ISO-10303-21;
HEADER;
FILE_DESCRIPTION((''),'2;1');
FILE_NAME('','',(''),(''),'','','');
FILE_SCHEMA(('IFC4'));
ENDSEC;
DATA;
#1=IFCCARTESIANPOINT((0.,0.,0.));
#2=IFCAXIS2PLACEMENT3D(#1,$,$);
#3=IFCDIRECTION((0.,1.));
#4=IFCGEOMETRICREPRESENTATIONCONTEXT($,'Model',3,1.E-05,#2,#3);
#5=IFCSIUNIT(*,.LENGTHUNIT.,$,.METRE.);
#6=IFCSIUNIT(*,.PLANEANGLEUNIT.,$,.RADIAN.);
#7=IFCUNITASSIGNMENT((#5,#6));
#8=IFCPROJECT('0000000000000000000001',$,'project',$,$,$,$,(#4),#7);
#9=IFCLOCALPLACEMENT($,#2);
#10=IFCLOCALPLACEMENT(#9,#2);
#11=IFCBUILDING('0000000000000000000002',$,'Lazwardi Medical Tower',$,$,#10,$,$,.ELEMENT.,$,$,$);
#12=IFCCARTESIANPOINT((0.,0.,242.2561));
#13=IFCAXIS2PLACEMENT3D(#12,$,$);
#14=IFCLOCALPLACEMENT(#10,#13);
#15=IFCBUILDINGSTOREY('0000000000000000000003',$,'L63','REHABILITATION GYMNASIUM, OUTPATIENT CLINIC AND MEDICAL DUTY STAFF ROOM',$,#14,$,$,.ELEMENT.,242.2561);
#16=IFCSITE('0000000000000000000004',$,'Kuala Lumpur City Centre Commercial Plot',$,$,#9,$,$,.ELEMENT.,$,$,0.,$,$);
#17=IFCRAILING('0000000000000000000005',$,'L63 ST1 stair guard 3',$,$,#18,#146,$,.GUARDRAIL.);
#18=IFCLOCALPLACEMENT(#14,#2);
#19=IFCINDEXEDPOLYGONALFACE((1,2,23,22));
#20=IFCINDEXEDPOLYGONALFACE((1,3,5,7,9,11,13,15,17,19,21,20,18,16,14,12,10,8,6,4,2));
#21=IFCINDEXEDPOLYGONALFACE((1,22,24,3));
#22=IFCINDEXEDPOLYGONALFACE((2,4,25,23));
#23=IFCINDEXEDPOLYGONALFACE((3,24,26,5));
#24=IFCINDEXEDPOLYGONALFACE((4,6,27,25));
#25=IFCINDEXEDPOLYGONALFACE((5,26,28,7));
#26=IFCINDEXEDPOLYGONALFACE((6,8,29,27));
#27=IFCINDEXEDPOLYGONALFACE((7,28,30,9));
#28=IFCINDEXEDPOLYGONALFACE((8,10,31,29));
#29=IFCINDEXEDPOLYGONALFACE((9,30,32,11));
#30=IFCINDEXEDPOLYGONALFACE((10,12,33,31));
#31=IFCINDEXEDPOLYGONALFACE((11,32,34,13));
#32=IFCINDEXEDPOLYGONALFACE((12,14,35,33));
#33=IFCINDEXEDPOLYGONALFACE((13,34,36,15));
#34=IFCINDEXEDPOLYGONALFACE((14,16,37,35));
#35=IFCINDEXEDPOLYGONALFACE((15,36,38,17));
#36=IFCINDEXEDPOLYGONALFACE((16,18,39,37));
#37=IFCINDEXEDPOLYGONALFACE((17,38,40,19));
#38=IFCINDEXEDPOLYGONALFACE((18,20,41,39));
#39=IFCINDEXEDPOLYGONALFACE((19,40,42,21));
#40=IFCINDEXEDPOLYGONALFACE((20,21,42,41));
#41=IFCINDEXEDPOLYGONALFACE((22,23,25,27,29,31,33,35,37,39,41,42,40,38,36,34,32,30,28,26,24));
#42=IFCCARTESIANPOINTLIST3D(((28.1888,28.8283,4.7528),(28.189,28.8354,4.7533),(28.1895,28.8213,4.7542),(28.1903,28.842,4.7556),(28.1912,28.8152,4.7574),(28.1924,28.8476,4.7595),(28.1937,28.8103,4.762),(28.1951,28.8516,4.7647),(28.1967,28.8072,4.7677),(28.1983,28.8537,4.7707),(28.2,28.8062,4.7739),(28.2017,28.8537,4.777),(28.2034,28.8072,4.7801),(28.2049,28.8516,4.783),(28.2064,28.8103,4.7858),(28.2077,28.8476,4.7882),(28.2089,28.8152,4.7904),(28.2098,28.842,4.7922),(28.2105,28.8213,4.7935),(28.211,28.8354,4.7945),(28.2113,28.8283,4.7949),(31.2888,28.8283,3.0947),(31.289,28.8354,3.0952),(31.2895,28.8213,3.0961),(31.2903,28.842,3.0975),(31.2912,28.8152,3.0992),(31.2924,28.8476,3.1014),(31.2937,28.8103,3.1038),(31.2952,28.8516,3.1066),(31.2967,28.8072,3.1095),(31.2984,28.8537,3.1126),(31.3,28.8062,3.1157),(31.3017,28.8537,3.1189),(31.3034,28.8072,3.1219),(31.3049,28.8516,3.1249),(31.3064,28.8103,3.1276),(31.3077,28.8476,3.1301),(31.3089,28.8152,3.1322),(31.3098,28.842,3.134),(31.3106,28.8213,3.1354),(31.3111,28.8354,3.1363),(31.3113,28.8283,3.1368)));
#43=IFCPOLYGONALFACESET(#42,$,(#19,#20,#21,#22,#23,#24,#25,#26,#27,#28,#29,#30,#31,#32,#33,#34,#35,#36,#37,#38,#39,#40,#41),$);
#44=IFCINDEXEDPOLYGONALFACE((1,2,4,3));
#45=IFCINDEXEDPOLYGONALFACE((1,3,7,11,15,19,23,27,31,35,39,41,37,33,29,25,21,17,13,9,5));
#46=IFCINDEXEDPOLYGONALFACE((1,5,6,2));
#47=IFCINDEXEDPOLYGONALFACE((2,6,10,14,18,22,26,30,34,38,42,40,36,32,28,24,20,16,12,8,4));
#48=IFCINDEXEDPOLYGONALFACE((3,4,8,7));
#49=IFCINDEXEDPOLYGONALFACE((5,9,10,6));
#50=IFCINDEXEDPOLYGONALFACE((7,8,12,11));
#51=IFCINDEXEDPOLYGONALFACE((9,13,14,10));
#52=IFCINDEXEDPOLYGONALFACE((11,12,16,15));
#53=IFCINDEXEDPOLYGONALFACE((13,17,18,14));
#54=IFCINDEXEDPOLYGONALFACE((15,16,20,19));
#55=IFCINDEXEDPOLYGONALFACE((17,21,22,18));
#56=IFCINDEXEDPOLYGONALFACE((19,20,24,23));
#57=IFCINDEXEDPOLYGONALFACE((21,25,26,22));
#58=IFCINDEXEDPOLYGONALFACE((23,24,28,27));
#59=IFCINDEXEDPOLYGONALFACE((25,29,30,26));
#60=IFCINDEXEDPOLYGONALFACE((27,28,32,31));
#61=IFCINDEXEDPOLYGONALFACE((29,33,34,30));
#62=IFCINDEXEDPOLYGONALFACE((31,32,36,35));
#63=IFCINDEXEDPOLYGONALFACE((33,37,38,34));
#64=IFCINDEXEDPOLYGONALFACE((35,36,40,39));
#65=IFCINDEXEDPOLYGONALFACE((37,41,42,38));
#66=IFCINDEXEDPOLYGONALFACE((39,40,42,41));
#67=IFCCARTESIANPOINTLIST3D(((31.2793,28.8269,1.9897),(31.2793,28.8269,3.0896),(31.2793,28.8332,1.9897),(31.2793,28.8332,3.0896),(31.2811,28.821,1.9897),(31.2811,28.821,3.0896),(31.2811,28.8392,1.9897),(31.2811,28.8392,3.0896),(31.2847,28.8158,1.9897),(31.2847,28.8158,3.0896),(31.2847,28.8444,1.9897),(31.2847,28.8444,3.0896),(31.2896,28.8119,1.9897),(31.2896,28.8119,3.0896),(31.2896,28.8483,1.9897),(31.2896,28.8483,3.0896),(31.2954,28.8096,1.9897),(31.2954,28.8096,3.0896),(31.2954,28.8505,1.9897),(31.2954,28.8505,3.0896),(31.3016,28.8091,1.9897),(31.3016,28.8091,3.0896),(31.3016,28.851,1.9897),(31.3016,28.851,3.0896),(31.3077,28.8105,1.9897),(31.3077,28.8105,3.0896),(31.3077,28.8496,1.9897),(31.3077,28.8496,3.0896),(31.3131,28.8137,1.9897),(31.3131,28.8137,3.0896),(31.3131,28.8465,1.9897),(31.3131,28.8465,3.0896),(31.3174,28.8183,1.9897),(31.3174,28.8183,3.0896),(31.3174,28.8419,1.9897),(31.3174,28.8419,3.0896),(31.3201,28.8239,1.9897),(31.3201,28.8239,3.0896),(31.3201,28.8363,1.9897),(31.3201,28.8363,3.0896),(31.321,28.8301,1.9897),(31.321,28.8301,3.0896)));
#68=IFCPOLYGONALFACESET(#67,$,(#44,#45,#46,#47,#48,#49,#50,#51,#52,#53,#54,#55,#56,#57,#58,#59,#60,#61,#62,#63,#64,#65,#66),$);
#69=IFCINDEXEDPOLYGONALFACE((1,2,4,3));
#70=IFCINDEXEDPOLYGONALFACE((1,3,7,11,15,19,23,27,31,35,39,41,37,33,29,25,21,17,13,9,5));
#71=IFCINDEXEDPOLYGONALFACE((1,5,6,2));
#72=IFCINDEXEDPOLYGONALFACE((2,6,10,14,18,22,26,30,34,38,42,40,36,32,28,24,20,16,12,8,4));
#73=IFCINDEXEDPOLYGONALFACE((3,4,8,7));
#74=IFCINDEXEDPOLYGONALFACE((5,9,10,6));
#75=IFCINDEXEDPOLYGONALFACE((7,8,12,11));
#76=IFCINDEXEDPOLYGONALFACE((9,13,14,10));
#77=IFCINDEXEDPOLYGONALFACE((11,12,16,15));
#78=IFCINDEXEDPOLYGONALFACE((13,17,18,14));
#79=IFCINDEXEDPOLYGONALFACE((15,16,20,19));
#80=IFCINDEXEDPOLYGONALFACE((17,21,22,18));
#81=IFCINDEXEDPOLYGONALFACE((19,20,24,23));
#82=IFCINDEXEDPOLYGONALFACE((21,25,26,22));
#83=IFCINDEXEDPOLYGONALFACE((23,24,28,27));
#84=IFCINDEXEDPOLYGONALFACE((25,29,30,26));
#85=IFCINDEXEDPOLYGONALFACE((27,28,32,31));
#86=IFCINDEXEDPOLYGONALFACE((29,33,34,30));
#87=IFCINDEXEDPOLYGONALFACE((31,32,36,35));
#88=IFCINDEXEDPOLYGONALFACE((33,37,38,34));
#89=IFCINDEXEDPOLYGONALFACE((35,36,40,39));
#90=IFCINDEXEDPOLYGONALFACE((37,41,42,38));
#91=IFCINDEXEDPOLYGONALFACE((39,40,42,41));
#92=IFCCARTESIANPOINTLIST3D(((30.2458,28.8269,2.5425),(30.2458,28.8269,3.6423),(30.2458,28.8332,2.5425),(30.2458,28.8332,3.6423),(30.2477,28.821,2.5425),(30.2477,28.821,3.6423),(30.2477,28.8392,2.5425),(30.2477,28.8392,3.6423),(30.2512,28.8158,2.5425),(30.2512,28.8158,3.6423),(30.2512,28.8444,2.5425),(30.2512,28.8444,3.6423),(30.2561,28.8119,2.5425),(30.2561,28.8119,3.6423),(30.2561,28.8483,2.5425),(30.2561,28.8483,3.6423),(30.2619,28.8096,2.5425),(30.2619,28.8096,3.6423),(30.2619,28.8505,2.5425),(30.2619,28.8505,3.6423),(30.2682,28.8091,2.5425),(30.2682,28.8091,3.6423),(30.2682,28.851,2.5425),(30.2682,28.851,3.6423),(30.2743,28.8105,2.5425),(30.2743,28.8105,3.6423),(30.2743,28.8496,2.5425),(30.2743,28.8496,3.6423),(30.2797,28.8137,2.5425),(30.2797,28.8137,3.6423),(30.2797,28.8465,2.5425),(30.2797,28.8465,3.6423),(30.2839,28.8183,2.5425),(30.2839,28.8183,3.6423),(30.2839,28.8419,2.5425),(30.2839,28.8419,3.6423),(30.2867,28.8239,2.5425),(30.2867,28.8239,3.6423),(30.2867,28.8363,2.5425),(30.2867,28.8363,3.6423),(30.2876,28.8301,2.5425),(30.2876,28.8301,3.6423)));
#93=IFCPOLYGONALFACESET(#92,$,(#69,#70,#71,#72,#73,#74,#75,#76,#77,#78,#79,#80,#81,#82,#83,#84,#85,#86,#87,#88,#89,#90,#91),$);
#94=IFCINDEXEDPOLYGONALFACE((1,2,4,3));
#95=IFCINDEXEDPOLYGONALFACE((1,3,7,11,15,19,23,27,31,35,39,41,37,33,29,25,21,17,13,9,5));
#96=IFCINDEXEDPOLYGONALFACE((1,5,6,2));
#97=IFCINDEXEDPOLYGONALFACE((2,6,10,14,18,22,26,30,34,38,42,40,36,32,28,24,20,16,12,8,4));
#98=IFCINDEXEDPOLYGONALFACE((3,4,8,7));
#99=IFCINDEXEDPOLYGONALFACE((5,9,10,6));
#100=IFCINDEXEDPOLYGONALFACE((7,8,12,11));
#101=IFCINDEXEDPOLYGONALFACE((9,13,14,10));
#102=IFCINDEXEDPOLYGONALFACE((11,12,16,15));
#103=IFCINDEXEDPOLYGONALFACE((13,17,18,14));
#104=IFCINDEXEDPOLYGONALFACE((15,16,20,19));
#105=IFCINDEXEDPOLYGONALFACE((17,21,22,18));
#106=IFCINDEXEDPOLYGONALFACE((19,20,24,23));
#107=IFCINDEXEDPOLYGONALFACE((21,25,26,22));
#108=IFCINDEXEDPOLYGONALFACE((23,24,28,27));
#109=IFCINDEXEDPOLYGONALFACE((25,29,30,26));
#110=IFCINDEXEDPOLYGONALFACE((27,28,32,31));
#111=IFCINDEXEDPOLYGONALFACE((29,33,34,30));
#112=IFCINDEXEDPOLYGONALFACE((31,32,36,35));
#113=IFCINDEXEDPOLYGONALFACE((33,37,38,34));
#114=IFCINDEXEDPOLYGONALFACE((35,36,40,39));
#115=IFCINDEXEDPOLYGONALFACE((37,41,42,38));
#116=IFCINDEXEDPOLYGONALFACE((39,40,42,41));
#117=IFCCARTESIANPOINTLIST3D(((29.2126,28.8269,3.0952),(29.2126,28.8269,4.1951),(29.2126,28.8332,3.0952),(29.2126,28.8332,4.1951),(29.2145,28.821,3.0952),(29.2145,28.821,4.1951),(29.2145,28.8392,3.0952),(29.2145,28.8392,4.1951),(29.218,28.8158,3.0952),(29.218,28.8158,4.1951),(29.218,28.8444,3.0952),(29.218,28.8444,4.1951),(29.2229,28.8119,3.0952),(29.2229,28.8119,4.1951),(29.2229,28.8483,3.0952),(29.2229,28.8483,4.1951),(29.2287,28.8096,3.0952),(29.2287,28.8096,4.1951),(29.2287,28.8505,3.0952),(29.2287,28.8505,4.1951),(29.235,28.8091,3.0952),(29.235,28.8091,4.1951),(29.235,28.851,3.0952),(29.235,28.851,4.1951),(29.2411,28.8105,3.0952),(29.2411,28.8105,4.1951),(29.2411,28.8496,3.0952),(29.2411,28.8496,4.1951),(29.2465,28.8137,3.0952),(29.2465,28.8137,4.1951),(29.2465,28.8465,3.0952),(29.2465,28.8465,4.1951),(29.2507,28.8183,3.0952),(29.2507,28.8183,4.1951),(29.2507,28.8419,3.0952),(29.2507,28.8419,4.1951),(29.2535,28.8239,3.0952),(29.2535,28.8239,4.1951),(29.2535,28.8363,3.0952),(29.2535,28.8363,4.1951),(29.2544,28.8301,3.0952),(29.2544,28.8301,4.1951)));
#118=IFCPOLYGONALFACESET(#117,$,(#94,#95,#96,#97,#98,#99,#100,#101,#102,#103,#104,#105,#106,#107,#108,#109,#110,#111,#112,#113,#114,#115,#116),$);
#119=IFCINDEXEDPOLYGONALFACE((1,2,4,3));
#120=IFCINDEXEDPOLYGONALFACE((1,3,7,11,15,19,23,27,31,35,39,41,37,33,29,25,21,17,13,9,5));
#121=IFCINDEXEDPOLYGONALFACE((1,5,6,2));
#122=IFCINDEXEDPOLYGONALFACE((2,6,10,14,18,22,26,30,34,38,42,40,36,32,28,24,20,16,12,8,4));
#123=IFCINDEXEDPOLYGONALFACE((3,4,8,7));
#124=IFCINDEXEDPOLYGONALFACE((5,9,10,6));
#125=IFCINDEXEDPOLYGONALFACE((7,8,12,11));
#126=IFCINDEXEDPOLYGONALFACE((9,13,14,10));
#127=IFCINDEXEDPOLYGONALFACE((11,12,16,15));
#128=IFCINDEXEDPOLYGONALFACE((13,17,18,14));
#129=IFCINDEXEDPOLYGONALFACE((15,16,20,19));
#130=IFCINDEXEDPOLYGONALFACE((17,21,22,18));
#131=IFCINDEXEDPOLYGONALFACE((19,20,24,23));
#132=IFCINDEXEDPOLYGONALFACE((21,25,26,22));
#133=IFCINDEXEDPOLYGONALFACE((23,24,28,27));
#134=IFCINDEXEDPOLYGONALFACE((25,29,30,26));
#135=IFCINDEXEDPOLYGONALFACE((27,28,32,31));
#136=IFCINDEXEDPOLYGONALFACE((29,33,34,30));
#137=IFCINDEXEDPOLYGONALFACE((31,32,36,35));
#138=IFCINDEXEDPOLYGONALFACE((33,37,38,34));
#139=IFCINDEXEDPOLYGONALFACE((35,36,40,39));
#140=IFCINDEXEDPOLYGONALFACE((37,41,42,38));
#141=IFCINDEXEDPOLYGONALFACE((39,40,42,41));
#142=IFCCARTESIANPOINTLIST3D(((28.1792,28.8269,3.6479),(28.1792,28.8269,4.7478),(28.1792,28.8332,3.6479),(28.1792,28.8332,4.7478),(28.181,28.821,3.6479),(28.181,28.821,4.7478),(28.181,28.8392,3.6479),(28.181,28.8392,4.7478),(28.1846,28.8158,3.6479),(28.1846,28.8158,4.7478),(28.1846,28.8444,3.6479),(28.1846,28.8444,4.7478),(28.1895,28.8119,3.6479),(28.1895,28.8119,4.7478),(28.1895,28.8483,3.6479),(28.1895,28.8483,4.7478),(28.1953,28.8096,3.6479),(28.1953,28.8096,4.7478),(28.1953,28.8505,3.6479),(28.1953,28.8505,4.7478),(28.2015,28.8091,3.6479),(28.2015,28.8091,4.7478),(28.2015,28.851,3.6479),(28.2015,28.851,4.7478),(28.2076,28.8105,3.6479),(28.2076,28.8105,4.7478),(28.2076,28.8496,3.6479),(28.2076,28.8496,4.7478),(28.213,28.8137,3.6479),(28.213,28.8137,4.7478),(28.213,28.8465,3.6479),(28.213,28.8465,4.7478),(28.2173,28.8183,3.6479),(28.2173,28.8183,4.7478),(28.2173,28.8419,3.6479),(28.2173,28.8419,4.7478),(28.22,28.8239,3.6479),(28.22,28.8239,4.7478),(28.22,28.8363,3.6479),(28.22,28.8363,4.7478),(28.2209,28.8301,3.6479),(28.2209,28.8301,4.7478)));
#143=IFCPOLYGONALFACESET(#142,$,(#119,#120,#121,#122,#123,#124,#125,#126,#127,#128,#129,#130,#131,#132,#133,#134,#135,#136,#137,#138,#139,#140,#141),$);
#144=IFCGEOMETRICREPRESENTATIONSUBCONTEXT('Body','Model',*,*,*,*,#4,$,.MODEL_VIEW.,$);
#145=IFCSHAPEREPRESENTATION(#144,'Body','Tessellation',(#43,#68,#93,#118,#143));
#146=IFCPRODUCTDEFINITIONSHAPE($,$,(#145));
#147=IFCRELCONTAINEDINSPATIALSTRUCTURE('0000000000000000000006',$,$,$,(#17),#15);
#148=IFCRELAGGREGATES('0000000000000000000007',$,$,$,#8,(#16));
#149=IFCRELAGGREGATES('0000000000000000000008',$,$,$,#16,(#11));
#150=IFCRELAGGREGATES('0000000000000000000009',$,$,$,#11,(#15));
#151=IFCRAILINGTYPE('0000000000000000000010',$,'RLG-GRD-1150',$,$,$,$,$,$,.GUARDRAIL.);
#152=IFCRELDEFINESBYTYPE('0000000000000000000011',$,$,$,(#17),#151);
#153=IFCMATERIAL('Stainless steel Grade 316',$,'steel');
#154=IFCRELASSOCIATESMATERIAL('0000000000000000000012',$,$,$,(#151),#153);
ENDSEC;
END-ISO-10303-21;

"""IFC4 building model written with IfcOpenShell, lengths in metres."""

from ifc_helpers import new_model, si_unit, direction, frame, origin, origin_2d, place, context, subcontext, project, spatial, circle, extrude, material, type_object, element, save


model = new_model("IFC4")

# Units and contexts
model_context = context("Model", 3, precision=1e-05, world=origin(), true_north=direction((0.0, 1.0)))
body_context = subcontext(model_context, "Body", "Model", "MODEL_VIEW")
ifc_project = project(units=[si_unit("LENGTHUNIT", "METRE"), si_unit("PLANEANGLEUNIT", "RADIAN")], contexts=[model_context])

# Site, building, storey
site_placement = place(None, origin())
site = spatial("IfcSite", under=ifc_project, at=site_placement, Name="Kuala Lumpur City Centre Commercial Plot", CompositionType="ELEMENT", RefElevation=0.0)
building_placement = place(site_placement, origin())
building = spatial("IfcBuilding", under=site, at=building_placement, Name="Lazwardi Medical Tower", CompositionType="ELEMENT")
storey_placement = place(building_placement, frame((0.0, 0.0, 242.2561)))
storey = spatial("IfcBuildingStorey", under=building, at=storey_placement, Name="L63", Description="REHABILITATION GYMNASIUM, OUTPATIENT CLINIC AND MEDICAL DUTY STAFF ROOM", CompositionType="ELEMENT", Elevation=242.2561)

# Railing
ifc_material_1 = material(Name="Stainless steel Grade 316", Category="steel")
railing_type_1 = type_object("IfcRailingType", Name="RLG-GRD-1150", PredefinedType="GUARDRAIL", material=ifc_material_1)
railing_1_placement = place(storey_placement, frame((31.3, 28.8301, 1.9897)))
element("IfcRailing", 1, at=railing_1_placement, inside=storey, type_object=railing_type_1, Name="L63 ST1 stair guard 3", PredefinedType="GUARDRAIL", context=body_context, shape_type="SweptSolid", body=[
    extrude(circle(Radius=0.0239, at=origin_2d()), frame((0.0, 0.0, 1.126), z_axis=(-0.881783, 0.0, 0.471655), x_axis=(0.0, -1.0, 0.0)), (0.0, 0.0, 1.0), 3.5156),
    extrude(circle(Radius=0.021, at=origin_2d()), origin(), (0.0, 0.0, 1.0), 1.0999),
    extrude(circle(Radius=0.021, at=origin_2d()), frame((-1.0334, 0.0, 0.5527)), (0.0, 0.0, 1.0), 1.0999),
    extrude(circle(Radius=0.021, at=origin_2d()), frame((-2.0667, 0.0, 1.1055)), (0.0, 0.0, 1.0), 1.0999),
    extrude(circle(Radius=0.021, at=origin_2d()), frame((-3.1001, 0.0, 1.6582)), (0.0, 0.0, 1.0), 1.0999),
])

save(model, "model.ifc")
